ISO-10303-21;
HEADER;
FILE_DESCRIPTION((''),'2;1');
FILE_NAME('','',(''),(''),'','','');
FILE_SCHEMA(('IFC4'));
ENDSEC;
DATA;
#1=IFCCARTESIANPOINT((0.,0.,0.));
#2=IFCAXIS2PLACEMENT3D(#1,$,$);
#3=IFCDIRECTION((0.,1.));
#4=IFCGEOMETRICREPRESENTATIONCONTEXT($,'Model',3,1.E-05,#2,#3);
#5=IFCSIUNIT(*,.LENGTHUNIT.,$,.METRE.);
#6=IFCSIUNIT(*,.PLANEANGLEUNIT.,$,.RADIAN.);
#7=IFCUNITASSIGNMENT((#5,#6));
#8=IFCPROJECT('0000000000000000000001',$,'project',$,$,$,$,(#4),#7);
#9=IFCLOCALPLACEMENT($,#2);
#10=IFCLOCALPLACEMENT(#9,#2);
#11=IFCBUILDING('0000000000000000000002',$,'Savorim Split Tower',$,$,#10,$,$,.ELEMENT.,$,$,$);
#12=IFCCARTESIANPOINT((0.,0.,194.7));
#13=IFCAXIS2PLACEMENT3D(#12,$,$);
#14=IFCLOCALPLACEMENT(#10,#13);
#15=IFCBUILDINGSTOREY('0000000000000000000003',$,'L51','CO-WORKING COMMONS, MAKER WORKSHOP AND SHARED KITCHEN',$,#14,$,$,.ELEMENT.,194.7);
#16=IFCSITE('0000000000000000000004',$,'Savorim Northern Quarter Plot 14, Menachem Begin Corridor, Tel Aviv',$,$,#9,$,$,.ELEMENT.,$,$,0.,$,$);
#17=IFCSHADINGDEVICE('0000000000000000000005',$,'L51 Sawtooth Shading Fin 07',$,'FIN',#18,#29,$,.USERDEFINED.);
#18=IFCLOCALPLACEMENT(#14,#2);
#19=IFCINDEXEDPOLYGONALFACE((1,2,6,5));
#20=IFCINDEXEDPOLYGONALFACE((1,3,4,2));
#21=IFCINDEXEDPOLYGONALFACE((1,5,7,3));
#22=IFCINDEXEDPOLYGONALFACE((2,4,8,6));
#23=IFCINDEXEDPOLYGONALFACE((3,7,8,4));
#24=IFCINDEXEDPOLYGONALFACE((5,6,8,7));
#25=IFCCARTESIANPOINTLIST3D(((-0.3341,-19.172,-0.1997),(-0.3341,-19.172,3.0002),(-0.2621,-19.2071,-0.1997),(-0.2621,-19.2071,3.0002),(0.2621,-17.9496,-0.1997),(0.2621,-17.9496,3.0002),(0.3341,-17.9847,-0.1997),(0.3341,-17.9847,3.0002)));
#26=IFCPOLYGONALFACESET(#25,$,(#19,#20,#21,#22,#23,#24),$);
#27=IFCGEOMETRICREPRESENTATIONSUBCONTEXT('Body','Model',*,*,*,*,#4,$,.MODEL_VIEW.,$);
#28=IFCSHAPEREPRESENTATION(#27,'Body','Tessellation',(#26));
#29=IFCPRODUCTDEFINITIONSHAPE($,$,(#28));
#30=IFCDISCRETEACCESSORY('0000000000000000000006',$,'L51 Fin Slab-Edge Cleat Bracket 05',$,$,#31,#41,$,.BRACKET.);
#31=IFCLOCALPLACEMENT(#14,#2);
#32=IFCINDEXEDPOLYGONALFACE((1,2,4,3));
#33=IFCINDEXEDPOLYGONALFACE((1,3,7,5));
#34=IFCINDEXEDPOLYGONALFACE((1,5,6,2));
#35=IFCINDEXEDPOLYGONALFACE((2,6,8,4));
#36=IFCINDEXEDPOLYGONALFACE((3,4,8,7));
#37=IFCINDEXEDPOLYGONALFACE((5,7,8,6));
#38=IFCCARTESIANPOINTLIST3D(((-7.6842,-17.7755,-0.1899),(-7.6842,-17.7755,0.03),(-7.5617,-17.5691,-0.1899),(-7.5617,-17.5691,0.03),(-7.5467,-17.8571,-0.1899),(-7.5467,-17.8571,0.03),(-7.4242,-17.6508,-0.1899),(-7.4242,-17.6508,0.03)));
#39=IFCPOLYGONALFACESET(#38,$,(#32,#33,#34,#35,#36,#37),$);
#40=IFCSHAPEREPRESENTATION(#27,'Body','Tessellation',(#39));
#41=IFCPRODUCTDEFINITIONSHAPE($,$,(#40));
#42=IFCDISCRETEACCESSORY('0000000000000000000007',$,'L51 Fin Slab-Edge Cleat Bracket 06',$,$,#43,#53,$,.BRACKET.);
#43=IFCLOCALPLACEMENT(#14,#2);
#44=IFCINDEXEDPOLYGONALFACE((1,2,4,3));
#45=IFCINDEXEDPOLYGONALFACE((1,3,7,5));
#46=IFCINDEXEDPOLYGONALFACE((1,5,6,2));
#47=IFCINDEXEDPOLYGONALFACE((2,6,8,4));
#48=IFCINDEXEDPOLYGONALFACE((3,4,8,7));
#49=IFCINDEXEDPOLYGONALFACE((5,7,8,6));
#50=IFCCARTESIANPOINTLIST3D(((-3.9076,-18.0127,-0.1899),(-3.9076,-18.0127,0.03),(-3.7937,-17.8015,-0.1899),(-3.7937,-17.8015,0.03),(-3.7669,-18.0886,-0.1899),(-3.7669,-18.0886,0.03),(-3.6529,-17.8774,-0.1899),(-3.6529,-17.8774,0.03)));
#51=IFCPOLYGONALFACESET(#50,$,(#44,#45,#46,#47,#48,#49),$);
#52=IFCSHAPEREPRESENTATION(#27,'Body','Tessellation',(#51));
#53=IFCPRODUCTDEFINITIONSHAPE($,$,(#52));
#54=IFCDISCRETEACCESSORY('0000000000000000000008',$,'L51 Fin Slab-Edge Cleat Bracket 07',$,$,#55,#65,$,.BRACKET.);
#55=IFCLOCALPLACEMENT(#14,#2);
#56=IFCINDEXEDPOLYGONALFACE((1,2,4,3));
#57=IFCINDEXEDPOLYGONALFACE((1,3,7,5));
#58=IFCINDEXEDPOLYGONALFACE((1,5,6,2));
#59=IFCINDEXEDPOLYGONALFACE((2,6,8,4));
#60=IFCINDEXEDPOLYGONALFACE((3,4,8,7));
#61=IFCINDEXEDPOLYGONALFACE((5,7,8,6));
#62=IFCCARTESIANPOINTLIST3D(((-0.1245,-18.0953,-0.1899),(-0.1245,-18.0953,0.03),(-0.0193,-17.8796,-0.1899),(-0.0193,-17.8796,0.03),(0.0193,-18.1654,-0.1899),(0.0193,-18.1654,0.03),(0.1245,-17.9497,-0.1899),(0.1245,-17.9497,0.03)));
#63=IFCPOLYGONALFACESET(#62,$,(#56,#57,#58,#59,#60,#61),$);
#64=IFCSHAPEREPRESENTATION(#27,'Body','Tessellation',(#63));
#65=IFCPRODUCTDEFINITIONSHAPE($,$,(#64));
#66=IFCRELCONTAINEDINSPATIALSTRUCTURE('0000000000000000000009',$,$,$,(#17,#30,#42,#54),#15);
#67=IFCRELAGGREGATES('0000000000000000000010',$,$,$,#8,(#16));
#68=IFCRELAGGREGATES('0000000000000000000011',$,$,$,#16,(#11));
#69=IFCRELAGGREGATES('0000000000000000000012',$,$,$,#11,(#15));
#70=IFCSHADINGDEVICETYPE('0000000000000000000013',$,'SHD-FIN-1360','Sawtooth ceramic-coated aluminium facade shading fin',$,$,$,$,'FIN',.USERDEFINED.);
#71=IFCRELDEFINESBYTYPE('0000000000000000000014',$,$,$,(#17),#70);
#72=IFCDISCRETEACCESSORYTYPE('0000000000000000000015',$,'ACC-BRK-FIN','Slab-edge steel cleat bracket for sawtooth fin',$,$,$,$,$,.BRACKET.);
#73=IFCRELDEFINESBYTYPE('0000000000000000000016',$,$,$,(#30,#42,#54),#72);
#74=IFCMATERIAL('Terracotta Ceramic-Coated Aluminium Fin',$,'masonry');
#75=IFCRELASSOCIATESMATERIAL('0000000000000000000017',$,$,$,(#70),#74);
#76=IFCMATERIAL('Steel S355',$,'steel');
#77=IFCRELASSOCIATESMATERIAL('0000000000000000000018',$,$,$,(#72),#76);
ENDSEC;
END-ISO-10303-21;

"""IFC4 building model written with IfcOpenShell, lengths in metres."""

from ifc_helpers import new_model, si_unit, direction, frame, origin, origin_2d, place, context, subcontext, project, spatial, rectangle, extrude, material, type_object, element, save


model = new_model("IFC4")

# Units and contexts
model_context = context("Model", 3, precision=1e-05, world=origin(), true_north=direction((0.0, 1.0)))
body_context = subcontext(model_context, "Body", "Model", "MODEL_VIEW")
ifc_project = project(units=[si_unit("LENGTHUNIT", "METRE"), si_unit("PLANEANGLEUNIT", "RADIAN")], contexts=[model_context])

# Site, building, storey
site_placement = place(None, origin())
site = spatial("IfcSite", under=ifc_project, at=site_placement, Name="Savorim Northern Quarter Plot 14, Menachem Begin Corridor, Tel Aviv", CompositionType="ELEMENT", RefElevation=0.0)
building_placement = place(site_placement, origin())
building = spatial("IfcBuilding", under=site, at=building_placement, Name="Savorim Split Tower", CompositionType="ELEMENT")
storey_placement = place(building_placement, frame((0.0, 0.0, 194.7)))
storey = spatial("IfcBuildingStorey", under=building, at=storey_placement, Name="L51", Description="CO-WORKING COMMONS, MAKER WORKSHOP AND SHARED KITCHEN", CompositionType="ELEMENT", Elevation=194.7)

# Shared definitions
ifc_material_1 = material(Name="Steel S355", Category="steel")

# Shading device
ifc_material_2 = material(Name="Terracotta Ceramic-Coated Aluminium Fin", Category="masonry")
shading_device_type = type_object("IfcShadingDeviceType", Name="SHD-FIN-1360", Description="Sawtooth ceramic-coated aluminium facade shading fin", ElementType="FIN", PredefinedType="USERDEFINED", material=ifc_material_2)
for number, where, z_axis, x_axis, name in (
    (1, (0.0, -18.5784, -0.1997), (0.0, 0.0, 1.0), (-0.438371, -0.898794, 0.0), "L51 Sawtooth Shading Fin 07"),
):
    element("IfcShadingDevice", number, at=place(storey_placement, frame(where, z_axis=z_axis, x_axis=x_axis)), inside=storey, type_object=shading_device_type, Name=name, ObjectType="FIN", PredefinedType="USERDEFINED", context=body_context, shape_type="SweptSolid", body=[
        extrude(rectangle(XDim=1.3601, YDim=0.0801, at=origin_2d()), origin(), (0.0, 0.0, 1.0), 3.2),
    ])

# Discrete accessories
discrete_accessory_type = type_object("IfcDiscreteAccessoryType", Name="ACC-BRK-FIN", Description="Slab-edge steel cleat bracket for sawtooth fin", PredefinedType="BRACKET", material=ifc_material_1)
for number, where, z_axis, x_axis, name in (
    (2, (-7.5542, -17.7131, -0.1899), (0.0, 0.0, 1.0), (-0.510391, -0.859942, 0.0), "L51 Fin Slab-Edge Cleat Bracket 05"),
    (3, (-3.7803, -17.9451, -0.1899), (0.0, 0.0, 1.0), (-0.474778, -0.880106, 0.0), "L51 Fin Slab-Edge Cleat Bracket 06"),
    (4, (0.0, -18.0225, -0.1899), (0.0, 0.0, 1.0), (-0.438371, -0.898794, 0.0), "L51 Fin Slab-Edge Cleat Bracket 07"),
):
    element("IfcDiscreteAccessory", number, at=place(storey_placement, frame(where, z_axis=z_axis, x_axis=x_axis)), inside=storey, type_object=discrete_accessory_type, Name=name, PredefinedType="BRACKET", context=body_context, shape_type="SweptSolid", body=[
        extrude(rectangle(XDim=0.24, YDim=0.1599, at=origin_2d()), origin(), (0.0, 0.0, 1.0), 0.22),
    ])

save(model, "model.ifc")
